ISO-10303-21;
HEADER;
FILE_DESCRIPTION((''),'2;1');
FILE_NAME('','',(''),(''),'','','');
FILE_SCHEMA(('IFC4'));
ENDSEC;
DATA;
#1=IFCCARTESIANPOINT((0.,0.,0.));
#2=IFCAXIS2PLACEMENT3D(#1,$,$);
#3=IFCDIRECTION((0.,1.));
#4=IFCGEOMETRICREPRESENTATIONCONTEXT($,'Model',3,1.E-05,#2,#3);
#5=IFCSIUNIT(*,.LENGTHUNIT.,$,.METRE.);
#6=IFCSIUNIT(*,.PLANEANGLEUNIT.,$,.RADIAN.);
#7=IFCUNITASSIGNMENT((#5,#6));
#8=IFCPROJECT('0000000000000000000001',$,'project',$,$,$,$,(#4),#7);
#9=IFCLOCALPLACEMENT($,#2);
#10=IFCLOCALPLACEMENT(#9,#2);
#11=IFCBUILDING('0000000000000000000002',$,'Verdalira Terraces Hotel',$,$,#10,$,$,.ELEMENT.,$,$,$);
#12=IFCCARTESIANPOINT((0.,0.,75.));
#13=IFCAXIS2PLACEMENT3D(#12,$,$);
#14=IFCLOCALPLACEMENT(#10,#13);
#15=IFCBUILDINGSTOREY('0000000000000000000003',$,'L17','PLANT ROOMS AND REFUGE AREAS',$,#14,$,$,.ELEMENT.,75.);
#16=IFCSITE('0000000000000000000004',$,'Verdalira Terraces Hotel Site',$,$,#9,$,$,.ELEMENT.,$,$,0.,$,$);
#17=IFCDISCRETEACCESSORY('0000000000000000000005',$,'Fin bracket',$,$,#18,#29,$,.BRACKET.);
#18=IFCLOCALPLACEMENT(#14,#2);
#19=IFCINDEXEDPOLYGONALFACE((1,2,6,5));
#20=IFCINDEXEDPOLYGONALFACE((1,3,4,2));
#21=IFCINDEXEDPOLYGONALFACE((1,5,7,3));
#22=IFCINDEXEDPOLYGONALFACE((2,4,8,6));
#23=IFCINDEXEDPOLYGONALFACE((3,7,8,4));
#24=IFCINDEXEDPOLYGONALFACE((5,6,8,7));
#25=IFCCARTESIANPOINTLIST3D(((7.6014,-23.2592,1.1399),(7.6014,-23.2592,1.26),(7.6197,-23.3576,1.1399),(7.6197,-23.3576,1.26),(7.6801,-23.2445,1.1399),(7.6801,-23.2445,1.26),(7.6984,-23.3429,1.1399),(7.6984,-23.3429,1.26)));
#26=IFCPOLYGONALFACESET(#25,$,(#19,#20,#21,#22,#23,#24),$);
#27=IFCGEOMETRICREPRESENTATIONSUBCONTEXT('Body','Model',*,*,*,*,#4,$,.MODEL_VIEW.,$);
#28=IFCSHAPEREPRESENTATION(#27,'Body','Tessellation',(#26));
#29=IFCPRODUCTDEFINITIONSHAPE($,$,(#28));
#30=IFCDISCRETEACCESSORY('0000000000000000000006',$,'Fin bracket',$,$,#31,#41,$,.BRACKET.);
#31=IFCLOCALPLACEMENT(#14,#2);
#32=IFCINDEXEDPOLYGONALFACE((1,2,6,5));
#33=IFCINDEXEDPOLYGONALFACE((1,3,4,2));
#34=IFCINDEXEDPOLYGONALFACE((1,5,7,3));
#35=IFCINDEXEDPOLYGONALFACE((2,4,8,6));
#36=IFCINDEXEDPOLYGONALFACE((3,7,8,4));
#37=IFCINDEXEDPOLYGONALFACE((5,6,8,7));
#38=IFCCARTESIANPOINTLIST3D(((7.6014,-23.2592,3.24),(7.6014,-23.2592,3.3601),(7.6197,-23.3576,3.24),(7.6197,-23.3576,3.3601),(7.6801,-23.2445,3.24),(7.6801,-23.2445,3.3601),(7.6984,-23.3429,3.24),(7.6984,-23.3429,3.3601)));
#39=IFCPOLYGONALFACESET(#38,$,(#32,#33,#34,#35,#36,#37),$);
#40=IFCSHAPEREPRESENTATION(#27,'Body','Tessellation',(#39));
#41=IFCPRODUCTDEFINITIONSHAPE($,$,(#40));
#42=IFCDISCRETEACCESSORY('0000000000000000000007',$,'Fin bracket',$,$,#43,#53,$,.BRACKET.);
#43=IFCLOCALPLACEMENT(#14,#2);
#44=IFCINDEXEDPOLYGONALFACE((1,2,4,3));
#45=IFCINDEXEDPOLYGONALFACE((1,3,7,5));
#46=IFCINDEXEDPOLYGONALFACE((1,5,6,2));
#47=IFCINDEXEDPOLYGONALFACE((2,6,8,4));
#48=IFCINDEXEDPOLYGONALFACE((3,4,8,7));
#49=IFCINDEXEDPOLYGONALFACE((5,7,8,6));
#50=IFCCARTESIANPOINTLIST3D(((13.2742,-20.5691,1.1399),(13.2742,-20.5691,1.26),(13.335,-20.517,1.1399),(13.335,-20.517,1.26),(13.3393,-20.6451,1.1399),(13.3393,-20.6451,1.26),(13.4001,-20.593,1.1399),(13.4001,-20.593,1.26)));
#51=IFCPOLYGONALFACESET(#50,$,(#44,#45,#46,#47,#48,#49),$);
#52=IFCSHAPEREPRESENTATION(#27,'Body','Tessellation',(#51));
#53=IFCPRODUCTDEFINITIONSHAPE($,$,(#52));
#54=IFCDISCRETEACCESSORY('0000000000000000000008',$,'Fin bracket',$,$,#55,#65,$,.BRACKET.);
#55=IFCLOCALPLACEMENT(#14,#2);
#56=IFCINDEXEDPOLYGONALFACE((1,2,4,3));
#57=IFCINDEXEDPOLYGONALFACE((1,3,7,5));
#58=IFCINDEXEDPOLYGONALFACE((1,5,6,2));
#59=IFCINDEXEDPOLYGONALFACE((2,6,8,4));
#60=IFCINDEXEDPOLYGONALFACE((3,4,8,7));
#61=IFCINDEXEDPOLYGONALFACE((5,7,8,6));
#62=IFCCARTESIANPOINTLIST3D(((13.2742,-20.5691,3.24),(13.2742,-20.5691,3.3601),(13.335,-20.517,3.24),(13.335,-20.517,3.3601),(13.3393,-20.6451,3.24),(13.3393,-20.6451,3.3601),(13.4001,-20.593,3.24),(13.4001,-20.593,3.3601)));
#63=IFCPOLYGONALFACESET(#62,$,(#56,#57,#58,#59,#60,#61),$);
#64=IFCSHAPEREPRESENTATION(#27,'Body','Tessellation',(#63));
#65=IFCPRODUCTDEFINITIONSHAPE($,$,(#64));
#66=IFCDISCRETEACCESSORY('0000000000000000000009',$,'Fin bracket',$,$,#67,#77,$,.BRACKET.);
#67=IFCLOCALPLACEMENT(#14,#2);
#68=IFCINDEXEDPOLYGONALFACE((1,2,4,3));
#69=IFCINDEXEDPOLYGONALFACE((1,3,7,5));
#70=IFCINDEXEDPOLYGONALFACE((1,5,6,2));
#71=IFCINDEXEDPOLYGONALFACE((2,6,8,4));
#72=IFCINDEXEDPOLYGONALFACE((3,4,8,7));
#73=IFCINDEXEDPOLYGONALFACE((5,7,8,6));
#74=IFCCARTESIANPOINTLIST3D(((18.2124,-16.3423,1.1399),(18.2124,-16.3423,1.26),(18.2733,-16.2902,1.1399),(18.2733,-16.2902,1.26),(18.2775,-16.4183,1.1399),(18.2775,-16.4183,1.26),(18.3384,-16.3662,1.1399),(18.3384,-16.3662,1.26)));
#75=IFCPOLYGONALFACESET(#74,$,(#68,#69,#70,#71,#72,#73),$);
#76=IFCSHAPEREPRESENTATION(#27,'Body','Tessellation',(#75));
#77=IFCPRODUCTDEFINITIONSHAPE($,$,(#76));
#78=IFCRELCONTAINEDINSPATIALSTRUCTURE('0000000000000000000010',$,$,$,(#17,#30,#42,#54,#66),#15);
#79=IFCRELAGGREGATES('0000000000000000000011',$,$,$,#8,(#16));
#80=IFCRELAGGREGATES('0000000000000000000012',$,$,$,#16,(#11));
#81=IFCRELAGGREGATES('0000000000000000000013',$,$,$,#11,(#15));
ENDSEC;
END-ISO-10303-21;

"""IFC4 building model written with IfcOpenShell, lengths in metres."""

from ifc_helpers import new_model, si_unit, direction, frame, origin, origin_2d, place, context, subcontext, project, spatial, rectangle, extrude, element, save


model = new_model("IFC4")

# Units and contexts
model_context = context("Model", 3, precision=1e-05, world=origin(), true_north=direction((0.0, 1.0)))
body_context = subcontext(model_context, "Body", "Model", "MODEL_VIEW")
ifc_project = project(units=[si_unit("LENGTHUNIT", "METRE"), si_unit("PLANEANGLEUNIT", "RADIAN")], contexts=[model_context])

# Site, building, storey
site_placement = place(None, origin())
site = spatial("IfcSite", under=ifc_project, at=site_placement, Name="Verdalira Terraces Hotel Site", CompositionType="ELEMENT", RefElevation=0.0)
building_placement = place(site_placement, origin())
building = spatial("IfcBuilding", under=site, at=building_placement, Name="Verdalira Terraces Hotel", CompositionType="ELEMENT")
storey_placement = place(building_placement, frame((0.0, 0.0, 75.0)))
storey = spatial("IfcBuildingStorey", under=building, at=storey_placement, Name="L17", Description="PLANT ROOMS AND REFUGE AREAS", CompositionType="ELEMENT", Elevation=75.0)

# Discrete accessories
for number, where, z_axis, x_axis, name in (
    (1, (7.6499, -23.301, 1.1399), (0.0, 0.0, 1.0), (0.983064, 0.183265, 0.0), "Fin bracket"),
    (2, (7.6499, -23.301, 3.24), (0.0, 0.0, 1.0), (0.983064, 0.183265, 0.0), "Fin bracket"),
    (3, (13.3372, -20.5811, 1.1399), (0.0, 0.0, 1.0), (0.759725, 0.650244, 0.0), "Fin bracket"),
    (4, (13.3372, -20.5811, 3.24), (0.0, 0.0, 1.0), (0.759725, 0.650244, 0.0), "Fin bracket"),
    (5, (18.2754, -16.3542, 1.1399), (0.0, 0.0, 1.0), (0.759725, 0.650244, 0.0), "Fin bracket"),
):
    element("IfcDiscreteAccessory", number, at=place(storey_placement, frame(where, z_axis=z_axis, x_axis=x_axis)), inside=storey, Name=name, PredefinedType="BRACKET", context=body_context, shape_type="SweptSolid", body=[
        extrude(rectangle(XDim=0.0801, YDim=0.1001, at=origin_2d()), origin(), (0.0, 0.0, 1.0), 0.1201),
    ])

save(model, "model.ifc")
